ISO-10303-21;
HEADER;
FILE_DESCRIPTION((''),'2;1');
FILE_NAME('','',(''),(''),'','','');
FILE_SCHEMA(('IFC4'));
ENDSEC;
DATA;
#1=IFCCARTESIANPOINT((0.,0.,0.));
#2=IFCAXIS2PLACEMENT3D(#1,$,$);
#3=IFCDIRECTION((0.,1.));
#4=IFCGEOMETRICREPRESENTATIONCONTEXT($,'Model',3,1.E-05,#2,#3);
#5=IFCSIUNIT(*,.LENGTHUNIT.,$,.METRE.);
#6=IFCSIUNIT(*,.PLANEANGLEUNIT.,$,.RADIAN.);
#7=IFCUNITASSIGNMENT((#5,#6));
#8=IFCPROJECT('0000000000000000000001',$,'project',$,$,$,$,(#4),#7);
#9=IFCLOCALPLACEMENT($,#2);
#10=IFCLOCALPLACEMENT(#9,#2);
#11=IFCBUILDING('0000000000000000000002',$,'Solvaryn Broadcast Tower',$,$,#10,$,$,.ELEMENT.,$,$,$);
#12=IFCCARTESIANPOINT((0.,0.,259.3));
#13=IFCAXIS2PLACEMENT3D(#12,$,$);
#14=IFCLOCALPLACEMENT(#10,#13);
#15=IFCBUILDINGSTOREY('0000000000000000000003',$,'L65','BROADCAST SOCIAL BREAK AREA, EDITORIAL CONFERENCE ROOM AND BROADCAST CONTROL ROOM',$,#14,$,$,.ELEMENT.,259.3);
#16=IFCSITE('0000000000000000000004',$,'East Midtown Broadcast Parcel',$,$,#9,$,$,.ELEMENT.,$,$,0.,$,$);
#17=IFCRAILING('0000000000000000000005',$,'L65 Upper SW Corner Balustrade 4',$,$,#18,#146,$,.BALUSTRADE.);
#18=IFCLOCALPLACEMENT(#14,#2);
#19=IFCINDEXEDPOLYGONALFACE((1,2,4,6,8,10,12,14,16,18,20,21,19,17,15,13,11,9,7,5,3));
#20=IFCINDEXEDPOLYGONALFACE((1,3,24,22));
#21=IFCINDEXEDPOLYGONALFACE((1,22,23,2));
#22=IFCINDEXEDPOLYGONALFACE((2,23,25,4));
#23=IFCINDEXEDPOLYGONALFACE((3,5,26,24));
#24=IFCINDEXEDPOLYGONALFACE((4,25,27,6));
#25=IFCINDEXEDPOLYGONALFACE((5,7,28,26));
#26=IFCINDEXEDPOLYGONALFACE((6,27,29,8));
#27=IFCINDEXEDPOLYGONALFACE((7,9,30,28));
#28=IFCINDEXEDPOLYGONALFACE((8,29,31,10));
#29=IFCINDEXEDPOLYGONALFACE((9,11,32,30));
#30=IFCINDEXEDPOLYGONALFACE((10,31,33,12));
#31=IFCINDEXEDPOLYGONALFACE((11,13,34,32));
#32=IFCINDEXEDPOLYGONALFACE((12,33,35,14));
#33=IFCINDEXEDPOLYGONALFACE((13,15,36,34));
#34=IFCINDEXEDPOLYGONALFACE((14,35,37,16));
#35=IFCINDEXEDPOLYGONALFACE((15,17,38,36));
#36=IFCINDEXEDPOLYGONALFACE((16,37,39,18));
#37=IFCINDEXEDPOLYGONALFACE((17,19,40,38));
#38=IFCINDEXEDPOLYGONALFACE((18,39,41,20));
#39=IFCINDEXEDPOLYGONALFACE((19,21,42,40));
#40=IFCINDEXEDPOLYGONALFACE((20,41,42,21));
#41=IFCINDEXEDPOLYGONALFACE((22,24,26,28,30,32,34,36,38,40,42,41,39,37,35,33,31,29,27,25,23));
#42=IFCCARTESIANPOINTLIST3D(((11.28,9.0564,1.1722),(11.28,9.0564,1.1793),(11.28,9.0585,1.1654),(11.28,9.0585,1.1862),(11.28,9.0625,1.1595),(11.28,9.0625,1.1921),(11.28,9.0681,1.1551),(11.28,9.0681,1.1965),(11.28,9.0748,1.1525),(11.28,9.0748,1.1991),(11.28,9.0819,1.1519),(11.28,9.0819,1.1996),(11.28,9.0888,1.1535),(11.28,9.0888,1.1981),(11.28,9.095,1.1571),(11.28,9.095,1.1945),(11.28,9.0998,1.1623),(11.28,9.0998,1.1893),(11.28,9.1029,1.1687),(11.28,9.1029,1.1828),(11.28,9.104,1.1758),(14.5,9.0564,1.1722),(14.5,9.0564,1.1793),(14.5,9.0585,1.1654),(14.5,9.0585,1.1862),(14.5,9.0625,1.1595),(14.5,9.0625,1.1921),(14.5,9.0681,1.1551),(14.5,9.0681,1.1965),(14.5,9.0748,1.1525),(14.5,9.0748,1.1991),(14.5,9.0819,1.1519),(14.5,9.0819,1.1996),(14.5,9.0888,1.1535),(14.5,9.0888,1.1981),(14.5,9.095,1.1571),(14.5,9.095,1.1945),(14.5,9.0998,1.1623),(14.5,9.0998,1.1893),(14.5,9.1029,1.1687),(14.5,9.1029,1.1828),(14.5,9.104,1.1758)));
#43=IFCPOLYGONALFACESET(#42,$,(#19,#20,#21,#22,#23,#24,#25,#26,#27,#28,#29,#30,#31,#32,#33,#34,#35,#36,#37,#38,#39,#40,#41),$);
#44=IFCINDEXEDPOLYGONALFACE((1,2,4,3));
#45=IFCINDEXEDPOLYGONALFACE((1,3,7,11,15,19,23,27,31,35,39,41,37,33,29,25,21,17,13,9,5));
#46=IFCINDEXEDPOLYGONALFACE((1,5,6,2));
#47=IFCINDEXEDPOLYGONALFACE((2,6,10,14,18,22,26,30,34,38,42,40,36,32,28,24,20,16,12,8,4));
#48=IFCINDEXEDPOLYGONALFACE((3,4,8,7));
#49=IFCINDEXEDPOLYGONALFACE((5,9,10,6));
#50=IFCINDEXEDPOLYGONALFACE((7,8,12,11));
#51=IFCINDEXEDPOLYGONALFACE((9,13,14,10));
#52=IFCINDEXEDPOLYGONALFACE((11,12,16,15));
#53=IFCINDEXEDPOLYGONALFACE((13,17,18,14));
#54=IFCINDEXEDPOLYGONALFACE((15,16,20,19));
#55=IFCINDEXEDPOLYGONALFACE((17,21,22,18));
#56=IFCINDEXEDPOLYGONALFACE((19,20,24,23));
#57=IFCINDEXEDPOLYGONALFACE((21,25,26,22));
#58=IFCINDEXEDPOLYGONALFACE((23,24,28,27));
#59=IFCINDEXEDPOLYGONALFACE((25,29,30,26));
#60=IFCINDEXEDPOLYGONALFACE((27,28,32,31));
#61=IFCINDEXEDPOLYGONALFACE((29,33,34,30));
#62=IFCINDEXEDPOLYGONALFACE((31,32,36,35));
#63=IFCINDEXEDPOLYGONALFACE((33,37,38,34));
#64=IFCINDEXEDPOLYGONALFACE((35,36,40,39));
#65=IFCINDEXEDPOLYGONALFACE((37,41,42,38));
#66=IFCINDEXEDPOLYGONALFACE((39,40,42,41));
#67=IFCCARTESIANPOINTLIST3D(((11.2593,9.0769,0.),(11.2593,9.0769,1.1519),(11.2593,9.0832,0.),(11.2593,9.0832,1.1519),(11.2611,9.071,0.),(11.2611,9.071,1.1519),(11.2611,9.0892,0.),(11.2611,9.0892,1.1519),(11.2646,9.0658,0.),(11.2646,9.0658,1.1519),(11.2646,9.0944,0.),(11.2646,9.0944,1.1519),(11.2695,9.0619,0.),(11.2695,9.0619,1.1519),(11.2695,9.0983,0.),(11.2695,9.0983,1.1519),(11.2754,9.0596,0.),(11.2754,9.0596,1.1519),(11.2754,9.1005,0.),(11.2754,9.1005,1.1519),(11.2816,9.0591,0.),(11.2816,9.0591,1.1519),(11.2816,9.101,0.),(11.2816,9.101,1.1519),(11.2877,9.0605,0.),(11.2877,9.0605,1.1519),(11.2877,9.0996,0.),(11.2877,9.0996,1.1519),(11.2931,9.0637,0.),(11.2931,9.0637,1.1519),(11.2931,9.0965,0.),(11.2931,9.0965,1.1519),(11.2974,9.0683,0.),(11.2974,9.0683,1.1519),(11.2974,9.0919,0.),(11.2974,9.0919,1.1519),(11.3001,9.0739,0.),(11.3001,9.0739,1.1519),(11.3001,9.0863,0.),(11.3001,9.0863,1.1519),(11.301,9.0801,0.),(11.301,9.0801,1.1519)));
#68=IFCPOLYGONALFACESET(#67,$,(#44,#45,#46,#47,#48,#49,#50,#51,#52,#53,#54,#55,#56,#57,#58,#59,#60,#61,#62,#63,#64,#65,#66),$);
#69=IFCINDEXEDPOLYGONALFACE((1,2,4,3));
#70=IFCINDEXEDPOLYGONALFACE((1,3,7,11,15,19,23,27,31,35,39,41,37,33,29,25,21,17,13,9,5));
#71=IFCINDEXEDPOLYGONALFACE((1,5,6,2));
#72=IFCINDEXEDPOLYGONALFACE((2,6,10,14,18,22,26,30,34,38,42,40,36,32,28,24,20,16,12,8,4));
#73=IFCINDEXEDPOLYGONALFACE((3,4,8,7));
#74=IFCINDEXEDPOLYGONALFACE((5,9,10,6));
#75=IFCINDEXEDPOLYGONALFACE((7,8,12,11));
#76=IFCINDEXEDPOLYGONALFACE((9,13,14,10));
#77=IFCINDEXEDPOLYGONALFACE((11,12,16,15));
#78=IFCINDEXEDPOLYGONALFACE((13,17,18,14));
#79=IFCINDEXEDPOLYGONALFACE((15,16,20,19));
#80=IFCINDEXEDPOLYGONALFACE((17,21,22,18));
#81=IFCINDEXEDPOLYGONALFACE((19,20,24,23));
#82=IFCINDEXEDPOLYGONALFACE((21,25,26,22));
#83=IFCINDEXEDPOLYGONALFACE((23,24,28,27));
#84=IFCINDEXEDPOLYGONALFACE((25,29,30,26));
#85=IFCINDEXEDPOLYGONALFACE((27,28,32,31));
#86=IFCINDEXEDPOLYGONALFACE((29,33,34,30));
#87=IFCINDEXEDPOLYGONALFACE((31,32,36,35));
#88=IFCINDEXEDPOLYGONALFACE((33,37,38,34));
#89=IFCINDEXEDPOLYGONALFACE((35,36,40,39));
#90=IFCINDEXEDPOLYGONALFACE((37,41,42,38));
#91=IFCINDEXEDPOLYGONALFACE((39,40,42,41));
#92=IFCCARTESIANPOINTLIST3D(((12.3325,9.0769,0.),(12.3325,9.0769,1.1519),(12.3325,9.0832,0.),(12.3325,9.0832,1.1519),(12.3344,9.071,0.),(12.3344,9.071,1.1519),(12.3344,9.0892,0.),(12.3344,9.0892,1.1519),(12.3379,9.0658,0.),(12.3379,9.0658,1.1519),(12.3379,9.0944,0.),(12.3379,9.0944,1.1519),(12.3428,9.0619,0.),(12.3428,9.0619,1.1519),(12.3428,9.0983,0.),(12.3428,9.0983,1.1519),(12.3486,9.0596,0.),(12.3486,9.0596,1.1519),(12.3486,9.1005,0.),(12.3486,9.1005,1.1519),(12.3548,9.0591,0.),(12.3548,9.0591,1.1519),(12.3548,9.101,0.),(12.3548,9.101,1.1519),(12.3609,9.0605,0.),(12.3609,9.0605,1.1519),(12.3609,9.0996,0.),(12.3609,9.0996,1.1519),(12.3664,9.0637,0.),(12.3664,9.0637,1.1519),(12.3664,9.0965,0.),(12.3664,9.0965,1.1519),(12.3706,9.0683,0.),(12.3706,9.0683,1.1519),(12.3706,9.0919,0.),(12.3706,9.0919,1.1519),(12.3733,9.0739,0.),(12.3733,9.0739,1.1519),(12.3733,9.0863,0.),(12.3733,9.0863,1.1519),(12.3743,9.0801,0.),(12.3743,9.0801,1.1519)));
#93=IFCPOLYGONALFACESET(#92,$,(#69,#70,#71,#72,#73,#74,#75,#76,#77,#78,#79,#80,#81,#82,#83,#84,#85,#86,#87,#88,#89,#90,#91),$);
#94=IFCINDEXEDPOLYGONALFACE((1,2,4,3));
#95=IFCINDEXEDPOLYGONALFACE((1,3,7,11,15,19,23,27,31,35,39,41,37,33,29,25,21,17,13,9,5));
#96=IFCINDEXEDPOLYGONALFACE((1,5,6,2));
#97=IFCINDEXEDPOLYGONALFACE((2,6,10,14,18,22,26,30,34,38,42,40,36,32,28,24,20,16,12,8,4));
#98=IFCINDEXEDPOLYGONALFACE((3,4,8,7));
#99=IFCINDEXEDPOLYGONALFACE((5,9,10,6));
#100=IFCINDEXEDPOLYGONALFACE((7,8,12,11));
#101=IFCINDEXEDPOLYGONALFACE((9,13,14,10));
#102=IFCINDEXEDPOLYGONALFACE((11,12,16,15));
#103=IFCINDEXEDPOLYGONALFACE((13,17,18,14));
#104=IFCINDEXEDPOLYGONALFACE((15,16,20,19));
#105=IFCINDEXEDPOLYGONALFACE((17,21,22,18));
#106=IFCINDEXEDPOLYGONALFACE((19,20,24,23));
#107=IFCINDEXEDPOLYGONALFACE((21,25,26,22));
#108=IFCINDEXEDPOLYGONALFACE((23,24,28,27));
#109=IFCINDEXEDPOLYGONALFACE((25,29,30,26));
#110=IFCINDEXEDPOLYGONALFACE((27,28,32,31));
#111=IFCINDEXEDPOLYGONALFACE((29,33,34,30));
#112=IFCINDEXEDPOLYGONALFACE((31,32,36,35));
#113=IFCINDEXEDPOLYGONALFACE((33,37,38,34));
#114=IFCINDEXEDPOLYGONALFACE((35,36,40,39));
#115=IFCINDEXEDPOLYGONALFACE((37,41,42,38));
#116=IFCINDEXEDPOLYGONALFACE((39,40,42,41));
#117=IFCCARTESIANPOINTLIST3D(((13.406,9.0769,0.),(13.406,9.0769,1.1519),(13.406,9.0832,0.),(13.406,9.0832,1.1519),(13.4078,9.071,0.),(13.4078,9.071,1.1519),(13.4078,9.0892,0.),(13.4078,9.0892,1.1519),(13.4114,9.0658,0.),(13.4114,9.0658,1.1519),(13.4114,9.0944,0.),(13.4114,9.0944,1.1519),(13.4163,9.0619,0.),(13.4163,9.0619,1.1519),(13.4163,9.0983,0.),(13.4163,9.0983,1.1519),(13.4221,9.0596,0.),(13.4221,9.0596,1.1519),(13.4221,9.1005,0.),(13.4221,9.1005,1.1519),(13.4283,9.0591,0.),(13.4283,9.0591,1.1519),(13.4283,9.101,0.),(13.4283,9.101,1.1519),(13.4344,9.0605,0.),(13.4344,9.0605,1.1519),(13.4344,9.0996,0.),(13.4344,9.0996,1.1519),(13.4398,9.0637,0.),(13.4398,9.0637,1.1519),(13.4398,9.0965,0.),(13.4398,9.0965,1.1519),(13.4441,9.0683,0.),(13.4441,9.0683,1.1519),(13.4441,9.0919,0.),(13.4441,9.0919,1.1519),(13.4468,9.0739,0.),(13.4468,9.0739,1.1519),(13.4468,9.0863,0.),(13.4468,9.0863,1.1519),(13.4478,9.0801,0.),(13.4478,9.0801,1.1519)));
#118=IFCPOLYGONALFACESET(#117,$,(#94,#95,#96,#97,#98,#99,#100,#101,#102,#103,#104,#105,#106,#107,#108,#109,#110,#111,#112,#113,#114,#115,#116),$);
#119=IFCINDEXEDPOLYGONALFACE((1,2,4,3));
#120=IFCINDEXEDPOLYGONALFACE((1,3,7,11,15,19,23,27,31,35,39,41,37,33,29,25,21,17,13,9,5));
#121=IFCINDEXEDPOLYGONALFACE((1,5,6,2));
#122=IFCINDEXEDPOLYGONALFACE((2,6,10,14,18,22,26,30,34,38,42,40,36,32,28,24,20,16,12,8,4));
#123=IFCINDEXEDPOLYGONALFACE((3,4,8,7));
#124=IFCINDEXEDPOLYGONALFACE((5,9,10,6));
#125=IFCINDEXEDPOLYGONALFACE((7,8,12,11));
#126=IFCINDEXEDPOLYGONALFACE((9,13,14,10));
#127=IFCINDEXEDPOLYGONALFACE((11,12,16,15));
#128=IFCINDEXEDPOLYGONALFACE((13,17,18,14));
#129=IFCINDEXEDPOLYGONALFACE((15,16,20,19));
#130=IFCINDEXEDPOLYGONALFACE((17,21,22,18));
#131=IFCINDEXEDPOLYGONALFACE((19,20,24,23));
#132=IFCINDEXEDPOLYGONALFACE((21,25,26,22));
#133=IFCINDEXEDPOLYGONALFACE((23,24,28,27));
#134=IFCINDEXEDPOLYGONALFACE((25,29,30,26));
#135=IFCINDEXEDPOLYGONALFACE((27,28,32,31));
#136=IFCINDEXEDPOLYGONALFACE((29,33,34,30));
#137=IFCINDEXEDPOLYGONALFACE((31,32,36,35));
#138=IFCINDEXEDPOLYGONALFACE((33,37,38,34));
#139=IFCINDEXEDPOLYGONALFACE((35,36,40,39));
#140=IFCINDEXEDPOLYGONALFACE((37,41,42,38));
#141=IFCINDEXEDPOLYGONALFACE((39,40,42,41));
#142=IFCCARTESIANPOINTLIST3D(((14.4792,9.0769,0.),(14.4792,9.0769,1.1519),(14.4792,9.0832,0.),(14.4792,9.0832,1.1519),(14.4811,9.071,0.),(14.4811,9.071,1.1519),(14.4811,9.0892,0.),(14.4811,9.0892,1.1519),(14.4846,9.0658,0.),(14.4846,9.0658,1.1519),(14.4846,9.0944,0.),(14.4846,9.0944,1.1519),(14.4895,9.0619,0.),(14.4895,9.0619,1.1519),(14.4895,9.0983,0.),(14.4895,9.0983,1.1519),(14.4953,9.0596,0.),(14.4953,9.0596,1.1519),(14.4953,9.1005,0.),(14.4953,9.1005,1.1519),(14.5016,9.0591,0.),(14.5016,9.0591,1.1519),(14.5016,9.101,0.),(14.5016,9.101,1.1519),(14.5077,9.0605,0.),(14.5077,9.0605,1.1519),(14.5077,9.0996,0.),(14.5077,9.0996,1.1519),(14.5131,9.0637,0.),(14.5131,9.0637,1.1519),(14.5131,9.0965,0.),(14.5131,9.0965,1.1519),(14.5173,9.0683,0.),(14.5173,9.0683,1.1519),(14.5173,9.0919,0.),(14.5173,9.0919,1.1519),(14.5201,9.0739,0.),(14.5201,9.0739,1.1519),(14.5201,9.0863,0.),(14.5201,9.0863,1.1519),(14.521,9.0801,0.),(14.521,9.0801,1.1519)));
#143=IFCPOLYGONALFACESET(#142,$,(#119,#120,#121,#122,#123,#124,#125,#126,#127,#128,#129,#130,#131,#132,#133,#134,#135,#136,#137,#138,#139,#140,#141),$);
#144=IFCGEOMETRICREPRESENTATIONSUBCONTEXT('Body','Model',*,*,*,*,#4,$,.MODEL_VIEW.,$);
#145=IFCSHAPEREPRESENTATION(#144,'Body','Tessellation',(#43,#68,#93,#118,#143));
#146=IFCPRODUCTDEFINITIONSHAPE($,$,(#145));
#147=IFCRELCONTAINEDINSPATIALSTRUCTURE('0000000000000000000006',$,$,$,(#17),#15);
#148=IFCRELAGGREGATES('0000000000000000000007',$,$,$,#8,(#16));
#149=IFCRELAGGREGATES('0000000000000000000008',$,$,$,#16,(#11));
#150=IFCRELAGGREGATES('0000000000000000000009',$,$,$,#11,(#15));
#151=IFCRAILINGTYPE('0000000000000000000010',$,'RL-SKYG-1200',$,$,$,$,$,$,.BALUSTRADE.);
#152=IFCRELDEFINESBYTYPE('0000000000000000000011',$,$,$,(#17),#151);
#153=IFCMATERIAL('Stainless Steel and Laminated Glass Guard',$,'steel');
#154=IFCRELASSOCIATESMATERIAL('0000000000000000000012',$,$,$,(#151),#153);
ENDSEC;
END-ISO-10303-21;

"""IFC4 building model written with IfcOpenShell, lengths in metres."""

from ifc_helpers import new_model, si_unit, direction, frame, origin, origin_2d, place, context, subcontext, project, spatial, circle, extrude, material, type_object, element, save


model = new_model("IFC4")

# Units and contexts
model_context = context("Model", 3, precision=1e-05, world=origin(), true_north=direction((0.0, 1.0)))
body_context = subcontext(model_context, "Body", "Model", "MODEL_VIEW")
ifc_project = project(units=[si_unit("LENGTHUNIT", "METRE"), si_unit("PLANEANGLEUNIT", "RADIAN")], contexts=[model_context])

# Site, building, storey
site_placement = place(None, origin())
site = spatial("IfcSite", under=ifc_project, at=site_placement, Name="East Midtown Broadcast Parcel", CompositionType="ELEMENT", RefElevation=0.0)
building_placement = place(site_placement, origin())
building = spatial("IfcBuilding", under=site, at=building_placement, Name="Solvaryn Broadcast Tower", CompositionType="ELEMENT")
storey_placement = place(building_placement, frame((0.0, 0.0, 259.3)))
storey = spatial("IfcBuildingStorey", under=building, at=storey_placement, Name="L65", Description="BROADCAST SOCIAL BREAK AREA, EDITORIAL CONFERENCE ROOM AND BROADCAST CONTROL ROOM", CompositionType="ELEMENT", Elevation=259.3)

# Railing
ifc_material_1 = material(Name="Stainless Steel and Laminated Glass Guard", Category="steel")
railing_type = type_object("IfcRailingType", Name="RL-SKYG-1200", PredefinedType="BALUSTRADE", material=ifc_material_1)
railing_1_placement = place(storey_placement, frame((11.28, 9.0801, 0.0)))
element("IfcRailing", 1, at=railing_1_placement, inside=storey, type_object=railing_type, Name="L65 Upper SW Corner Balustrade 4", PredefinedType="BALUSTRADE", context=body_context, shape_type="SweptSolid", body=[
    extrude(circle(Radius=0.0239, at=origin_2d()), frame((0.0, 0.0, 1.1758), z_axis=(1.0, 0.0, 0.0), x_axis=(0.0, 1.0, 0.0)), (0.0, 0.0, 1.0), 3.22),
    extrude(circle(Radius=0.021, at=origin_2d()), origin(), (0.0, 0.0, 1.0), 1.1519),
    extrude(circle(Radius=0.021, at=origin_2d()), frame((1.0732, 0.0, 0.0)), (0.0, 0.0, 1.0), 1.1519),
    extrude(circle(Radius=0.021, at=origin_2d()), frame((2.1467, 0.0, 0.0)), (0.0, 0.0, 1.0), 1.1519),
    extrude(circle(Radius=0.021, at=origin_2d()), frame((3.22, 0.0, 0.0)), (0.0, 0.0, 1.0), 1.1519),
])

save(model, "model.ifc")
